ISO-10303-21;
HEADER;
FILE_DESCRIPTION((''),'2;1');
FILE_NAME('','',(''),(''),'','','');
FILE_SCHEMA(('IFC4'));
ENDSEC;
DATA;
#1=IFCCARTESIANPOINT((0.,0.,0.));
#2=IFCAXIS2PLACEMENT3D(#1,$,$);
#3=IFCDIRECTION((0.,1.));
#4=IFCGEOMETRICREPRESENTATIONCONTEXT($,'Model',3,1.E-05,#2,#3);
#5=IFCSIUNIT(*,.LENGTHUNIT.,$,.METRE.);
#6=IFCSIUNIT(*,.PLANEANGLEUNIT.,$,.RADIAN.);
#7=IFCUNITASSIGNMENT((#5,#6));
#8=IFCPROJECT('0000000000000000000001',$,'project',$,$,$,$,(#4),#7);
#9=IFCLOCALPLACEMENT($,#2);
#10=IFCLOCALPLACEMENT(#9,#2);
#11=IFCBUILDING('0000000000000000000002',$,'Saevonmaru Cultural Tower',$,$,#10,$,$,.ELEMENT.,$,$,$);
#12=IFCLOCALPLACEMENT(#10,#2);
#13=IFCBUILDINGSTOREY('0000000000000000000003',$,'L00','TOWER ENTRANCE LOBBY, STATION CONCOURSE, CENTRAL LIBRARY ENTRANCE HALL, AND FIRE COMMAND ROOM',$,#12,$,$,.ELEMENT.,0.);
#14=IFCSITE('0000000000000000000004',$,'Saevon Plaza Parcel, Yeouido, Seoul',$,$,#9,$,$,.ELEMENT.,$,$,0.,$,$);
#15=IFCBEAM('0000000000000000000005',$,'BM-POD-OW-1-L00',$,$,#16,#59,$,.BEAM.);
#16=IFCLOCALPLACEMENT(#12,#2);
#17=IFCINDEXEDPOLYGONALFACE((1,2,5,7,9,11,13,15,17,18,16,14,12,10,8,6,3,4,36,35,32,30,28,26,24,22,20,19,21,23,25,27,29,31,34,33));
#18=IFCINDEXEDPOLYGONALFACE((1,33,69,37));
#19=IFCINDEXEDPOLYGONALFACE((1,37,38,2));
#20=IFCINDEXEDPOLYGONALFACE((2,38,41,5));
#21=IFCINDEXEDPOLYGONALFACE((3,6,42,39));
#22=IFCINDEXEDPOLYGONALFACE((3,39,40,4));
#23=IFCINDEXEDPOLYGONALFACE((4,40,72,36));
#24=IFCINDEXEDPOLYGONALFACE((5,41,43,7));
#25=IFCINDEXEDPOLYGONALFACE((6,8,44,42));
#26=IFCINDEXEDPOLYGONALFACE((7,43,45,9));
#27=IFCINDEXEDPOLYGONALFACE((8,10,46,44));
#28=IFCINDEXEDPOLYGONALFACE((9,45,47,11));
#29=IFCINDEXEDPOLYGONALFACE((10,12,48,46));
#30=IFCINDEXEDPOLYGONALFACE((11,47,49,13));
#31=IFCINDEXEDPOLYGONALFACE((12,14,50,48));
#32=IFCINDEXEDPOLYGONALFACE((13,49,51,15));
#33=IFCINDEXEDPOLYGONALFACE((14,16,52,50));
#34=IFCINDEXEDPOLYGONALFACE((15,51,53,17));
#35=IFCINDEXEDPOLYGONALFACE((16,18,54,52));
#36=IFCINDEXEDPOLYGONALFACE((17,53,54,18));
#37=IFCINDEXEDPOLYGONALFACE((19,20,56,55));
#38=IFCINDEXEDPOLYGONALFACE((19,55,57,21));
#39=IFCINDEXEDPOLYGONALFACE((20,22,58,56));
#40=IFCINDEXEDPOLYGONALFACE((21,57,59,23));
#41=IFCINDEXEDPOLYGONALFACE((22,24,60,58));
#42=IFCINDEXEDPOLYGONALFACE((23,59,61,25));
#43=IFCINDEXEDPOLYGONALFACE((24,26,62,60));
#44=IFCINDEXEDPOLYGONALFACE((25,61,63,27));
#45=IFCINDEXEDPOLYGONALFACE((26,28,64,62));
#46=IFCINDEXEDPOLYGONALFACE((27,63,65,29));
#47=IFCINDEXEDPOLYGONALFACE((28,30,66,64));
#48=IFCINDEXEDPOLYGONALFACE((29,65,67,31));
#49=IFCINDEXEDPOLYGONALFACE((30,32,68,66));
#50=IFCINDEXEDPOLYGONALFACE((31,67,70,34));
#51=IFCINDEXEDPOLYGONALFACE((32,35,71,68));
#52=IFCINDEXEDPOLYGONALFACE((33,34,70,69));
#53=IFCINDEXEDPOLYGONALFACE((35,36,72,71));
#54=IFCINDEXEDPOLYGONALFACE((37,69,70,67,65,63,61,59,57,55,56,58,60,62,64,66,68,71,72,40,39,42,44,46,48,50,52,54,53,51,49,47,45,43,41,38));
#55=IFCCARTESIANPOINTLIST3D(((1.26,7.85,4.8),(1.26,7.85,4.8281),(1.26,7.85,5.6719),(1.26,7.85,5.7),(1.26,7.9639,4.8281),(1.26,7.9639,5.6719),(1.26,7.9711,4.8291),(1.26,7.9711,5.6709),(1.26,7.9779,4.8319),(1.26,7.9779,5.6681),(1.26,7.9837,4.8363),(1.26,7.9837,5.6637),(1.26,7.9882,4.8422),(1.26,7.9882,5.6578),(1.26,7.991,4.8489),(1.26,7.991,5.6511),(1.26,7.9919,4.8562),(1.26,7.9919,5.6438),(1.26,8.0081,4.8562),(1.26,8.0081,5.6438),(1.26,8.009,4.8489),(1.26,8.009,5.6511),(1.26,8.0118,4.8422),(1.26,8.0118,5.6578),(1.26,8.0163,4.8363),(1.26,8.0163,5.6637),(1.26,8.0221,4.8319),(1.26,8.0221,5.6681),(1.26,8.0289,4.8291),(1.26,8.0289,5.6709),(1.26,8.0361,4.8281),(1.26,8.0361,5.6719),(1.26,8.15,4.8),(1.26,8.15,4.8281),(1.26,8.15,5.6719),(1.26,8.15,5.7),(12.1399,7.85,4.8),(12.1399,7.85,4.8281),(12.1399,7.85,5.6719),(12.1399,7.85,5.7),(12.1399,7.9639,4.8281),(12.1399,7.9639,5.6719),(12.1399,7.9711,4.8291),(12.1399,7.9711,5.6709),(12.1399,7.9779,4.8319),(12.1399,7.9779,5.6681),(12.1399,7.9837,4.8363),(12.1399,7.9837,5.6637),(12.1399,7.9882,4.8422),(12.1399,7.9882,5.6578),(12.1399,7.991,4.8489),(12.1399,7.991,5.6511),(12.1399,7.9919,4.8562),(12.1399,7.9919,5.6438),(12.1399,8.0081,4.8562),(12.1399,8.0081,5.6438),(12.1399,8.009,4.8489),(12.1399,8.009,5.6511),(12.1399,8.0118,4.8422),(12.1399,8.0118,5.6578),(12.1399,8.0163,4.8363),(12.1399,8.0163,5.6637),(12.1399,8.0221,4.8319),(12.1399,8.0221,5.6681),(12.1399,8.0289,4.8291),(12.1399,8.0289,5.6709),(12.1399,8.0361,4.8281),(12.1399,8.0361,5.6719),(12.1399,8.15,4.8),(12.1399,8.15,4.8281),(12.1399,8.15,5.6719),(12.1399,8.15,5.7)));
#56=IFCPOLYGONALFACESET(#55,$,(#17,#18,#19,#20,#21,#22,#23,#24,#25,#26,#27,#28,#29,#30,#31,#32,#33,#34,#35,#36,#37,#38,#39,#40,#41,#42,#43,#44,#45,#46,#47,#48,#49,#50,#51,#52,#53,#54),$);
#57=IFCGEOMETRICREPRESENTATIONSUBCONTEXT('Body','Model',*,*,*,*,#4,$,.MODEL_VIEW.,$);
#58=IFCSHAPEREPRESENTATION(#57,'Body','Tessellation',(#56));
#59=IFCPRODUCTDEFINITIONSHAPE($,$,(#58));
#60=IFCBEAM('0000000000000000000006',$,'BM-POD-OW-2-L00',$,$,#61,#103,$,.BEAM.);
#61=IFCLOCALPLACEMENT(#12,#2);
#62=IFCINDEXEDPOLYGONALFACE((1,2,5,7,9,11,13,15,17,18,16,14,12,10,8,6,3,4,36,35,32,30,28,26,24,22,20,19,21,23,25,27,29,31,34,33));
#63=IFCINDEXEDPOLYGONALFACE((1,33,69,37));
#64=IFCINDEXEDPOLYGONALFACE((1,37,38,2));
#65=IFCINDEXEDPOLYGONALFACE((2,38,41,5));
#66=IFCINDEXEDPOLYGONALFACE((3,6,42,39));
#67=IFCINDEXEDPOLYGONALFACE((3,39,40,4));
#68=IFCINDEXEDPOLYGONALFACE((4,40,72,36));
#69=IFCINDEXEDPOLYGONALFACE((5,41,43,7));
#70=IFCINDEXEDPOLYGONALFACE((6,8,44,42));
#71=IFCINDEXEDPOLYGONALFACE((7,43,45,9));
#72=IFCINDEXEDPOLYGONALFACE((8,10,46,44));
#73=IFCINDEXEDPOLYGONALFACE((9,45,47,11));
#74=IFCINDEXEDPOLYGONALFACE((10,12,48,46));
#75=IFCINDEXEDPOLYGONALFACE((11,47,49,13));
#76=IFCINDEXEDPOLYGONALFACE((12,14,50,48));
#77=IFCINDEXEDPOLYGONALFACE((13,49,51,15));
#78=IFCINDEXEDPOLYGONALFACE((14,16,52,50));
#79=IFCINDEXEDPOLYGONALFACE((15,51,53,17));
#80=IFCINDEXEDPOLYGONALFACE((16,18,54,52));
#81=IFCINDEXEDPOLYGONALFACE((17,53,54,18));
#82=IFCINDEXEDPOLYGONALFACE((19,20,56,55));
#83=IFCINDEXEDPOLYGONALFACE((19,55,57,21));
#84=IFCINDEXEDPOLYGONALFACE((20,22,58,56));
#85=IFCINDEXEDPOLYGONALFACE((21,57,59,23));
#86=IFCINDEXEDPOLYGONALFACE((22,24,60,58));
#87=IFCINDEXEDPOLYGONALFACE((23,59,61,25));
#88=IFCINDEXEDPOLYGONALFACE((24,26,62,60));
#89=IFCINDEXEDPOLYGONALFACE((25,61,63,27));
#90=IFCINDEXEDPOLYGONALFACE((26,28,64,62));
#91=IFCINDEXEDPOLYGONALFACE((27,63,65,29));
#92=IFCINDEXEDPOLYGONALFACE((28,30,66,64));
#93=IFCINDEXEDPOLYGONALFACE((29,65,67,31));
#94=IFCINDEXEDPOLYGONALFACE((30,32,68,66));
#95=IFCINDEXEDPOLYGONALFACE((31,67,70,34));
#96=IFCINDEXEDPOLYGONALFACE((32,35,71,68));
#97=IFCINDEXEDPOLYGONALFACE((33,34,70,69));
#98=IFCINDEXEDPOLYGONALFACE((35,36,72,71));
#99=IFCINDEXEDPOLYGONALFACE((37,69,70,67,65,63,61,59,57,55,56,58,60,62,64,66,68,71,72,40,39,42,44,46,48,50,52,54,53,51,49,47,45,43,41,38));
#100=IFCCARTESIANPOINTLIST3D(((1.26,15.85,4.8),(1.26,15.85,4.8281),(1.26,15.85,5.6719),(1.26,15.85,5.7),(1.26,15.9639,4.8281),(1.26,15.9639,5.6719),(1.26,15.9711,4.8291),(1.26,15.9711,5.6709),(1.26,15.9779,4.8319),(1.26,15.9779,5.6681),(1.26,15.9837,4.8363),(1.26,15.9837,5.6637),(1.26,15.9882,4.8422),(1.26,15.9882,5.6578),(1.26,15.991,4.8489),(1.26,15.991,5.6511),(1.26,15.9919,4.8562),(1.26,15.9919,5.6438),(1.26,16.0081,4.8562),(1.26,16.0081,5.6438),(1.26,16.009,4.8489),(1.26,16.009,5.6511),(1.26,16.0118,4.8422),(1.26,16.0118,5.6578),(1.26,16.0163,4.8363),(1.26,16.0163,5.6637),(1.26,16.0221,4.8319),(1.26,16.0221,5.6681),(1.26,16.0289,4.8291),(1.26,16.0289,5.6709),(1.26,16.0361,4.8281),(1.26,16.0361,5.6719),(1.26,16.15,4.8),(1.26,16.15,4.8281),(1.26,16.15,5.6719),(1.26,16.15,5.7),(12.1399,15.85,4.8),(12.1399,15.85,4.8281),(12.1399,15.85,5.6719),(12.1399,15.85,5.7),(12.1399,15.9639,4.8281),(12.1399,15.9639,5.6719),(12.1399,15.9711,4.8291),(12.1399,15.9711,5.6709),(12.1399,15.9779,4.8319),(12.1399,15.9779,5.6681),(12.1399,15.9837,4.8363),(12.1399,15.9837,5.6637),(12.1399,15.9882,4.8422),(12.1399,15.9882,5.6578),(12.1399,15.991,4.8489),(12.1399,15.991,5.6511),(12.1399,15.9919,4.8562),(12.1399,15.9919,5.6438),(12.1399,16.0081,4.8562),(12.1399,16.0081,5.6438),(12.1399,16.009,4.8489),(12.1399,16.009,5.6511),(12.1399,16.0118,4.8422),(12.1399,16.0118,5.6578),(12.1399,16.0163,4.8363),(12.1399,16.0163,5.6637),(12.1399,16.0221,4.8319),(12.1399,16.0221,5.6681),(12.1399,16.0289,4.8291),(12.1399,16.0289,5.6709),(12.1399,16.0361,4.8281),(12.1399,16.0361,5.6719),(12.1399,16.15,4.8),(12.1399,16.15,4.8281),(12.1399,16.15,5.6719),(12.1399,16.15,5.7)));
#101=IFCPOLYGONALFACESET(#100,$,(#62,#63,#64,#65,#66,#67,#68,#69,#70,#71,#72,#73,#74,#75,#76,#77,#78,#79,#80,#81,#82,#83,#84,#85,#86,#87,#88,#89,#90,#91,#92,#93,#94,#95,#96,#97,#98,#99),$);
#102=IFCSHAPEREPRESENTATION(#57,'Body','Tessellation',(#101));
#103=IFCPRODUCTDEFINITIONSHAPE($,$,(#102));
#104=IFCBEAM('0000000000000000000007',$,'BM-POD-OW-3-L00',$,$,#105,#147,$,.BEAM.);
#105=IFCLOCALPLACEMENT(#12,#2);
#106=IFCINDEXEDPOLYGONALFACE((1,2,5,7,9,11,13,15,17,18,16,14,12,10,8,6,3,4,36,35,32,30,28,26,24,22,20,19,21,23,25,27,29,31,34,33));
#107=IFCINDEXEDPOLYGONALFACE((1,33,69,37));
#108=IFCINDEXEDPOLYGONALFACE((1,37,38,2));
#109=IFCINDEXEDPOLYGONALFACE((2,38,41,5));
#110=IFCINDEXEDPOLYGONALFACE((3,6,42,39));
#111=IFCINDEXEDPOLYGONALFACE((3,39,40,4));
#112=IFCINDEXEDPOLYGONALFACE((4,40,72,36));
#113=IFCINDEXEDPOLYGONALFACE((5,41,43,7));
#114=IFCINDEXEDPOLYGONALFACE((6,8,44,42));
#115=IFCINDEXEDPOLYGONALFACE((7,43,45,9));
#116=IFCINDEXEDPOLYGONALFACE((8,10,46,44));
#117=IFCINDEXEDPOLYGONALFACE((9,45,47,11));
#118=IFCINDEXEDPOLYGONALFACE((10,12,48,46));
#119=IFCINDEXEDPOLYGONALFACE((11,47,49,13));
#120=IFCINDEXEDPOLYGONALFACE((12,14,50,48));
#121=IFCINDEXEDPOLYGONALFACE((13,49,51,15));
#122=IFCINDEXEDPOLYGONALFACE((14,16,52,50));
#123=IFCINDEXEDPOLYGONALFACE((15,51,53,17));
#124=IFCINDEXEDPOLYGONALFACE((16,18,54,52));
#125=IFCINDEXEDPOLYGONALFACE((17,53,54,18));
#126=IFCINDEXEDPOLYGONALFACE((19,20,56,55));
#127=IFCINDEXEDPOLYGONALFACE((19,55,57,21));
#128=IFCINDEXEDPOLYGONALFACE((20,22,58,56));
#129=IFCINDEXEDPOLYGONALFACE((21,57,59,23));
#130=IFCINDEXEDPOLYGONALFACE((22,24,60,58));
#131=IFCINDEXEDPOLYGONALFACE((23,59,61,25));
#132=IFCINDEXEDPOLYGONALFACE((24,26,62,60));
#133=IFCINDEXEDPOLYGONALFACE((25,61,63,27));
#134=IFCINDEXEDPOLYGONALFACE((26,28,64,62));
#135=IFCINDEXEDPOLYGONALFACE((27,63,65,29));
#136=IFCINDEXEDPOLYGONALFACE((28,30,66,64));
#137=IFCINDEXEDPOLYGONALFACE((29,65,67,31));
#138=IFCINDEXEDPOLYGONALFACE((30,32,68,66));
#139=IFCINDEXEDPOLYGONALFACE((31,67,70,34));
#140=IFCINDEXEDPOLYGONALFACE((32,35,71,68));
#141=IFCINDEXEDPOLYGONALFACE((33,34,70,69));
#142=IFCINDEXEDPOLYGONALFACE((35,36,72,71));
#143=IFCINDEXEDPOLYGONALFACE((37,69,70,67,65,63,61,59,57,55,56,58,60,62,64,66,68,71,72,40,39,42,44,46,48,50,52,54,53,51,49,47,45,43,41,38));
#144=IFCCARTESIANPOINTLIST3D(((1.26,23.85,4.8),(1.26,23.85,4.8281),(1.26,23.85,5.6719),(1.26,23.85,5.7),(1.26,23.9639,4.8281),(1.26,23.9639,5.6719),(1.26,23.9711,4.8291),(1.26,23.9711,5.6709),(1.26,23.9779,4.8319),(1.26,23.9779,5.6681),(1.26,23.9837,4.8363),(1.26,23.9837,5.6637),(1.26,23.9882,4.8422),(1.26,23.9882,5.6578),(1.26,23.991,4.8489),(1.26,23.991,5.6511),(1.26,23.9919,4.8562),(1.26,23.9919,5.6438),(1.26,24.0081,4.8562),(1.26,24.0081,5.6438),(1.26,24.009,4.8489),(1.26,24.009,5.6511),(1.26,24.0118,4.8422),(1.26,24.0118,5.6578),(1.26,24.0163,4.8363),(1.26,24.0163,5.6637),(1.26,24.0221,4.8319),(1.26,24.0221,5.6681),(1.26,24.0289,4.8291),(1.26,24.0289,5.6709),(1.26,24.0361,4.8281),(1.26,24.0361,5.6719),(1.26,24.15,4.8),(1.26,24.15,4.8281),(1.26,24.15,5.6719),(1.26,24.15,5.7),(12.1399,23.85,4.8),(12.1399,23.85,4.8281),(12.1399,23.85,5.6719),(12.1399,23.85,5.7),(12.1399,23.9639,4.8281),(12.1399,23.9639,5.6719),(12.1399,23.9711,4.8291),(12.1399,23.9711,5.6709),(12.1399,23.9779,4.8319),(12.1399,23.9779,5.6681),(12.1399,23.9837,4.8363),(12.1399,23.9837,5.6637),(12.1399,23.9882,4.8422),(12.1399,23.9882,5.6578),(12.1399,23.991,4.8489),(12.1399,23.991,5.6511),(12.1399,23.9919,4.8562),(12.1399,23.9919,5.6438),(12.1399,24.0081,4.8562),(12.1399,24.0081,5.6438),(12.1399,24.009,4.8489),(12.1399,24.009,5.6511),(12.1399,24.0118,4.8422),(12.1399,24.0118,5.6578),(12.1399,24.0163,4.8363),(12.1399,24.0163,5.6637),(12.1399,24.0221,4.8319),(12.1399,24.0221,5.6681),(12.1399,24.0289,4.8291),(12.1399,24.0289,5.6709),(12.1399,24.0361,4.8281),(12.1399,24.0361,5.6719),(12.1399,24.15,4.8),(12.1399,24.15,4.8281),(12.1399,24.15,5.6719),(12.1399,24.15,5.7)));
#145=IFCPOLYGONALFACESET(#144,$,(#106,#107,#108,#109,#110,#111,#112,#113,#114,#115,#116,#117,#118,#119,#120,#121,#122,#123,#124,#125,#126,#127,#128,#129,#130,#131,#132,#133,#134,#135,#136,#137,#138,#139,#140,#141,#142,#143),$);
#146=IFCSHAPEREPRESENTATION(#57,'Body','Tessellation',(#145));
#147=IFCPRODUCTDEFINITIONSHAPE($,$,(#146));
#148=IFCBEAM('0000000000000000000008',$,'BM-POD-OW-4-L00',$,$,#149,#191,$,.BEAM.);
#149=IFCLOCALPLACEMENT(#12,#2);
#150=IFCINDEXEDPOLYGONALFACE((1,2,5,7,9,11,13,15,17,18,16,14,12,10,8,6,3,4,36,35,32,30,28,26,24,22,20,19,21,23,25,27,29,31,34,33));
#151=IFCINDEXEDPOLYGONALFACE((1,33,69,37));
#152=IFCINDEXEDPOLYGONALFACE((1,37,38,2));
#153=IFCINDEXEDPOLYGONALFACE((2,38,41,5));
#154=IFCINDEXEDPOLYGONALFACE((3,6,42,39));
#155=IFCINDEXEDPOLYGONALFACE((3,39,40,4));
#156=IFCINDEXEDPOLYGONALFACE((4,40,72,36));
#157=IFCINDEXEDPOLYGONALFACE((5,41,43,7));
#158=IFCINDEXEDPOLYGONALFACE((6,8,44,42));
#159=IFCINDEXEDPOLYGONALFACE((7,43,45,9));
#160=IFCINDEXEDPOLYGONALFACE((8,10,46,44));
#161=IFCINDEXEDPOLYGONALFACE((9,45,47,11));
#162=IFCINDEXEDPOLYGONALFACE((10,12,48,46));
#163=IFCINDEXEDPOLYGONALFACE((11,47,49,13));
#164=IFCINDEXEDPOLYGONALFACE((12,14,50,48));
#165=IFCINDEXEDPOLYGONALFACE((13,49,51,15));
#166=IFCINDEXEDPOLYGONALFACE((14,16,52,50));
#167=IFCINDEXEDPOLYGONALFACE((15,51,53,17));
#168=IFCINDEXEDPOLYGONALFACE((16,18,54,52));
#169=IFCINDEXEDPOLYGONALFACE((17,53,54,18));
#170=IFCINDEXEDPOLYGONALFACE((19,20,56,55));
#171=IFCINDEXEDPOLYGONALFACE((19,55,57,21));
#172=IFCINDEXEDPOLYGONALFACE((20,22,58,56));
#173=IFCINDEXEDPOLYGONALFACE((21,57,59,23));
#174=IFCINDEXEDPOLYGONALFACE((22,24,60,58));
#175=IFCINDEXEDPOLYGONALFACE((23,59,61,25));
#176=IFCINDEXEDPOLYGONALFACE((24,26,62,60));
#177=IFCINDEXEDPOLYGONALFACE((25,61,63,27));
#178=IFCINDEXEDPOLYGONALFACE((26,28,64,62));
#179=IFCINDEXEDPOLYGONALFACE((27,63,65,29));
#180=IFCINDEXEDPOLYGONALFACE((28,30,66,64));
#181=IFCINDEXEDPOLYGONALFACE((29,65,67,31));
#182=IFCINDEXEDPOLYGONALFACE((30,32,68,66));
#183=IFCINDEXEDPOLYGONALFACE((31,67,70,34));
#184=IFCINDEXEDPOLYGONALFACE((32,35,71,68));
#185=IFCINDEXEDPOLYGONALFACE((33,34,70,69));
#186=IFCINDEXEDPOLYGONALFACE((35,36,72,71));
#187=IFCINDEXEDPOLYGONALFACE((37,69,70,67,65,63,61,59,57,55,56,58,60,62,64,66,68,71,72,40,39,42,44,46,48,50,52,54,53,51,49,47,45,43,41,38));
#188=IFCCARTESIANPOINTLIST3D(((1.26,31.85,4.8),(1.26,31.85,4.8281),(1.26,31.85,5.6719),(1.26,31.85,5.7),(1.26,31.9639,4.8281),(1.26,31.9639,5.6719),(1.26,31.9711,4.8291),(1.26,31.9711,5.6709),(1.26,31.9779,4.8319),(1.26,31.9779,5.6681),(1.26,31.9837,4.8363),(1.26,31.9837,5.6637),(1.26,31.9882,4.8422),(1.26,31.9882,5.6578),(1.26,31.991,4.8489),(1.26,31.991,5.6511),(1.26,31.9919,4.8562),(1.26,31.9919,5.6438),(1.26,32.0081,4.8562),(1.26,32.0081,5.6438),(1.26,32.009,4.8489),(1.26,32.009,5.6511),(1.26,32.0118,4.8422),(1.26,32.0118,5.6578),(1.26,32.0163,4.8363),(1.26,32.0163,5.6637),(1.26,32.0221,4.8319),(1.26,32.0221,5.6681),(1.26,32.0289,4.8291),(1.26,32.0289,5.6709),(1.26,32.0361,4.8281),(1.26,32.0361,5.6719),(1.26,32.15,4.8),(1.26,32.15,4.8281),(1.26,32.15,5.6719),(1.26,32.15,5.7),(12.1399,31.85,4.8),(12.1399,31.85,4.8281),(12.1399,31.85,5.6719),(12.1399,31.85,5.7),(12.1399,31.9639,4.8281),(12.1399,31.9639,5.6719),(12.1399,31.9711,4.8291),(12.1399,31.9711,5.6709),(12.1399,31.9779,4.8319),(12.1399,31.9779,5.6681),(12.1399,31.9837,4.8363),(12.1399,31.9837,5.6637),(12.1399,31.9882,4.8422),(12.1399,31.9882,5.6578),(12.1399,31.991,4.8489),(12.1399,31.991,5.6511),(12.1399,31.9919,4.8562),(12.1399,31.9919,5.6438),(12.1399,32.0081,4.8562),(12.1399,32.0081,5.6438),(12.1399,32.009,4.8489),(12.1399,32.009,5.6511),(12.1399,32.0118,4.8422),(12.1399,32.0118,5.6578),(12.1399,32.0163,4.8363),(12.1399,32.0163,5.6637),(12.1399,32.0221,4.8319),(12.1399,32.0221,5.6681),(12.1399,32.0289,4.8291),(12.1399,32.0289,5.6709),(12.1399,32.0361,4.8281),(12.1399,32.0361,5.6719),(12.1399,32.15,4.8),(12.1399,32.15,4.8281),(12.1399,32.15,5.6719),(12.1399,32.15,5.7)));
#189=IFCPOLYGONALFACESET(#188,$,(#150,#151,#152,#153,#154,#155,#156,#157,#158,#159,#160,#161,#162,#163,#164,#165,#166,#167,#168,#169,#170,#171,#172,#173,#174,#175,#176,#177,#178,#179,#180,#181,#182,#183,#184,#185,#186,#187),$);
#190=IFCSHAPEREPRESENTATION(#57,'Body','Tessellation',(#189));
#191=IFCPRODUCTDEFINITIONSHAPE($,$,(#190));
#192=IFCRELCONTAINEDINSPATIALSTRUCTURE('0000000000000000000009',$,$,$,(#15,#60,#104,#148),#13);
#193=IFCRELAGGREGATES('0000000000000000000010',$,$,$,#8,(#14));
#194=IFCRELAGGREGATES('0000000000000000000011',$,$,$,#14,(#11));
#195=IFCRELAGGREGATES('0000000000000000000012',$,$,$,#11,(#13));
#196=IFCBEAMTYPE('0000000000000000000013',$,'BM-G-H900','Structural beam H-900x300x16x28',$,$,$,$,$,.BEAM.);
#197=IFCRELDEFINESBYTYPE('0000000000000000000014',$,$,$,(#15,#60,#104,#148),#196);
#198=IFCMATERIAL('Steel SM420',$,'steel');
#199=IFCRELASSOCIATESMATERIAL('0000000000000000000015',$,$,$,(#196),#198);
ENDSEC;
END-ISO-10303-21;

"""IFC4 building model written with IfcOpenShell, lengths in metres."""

from ifc_helpers import new_model, si_unit, direction, frame, origin, origin_2d, place, context, subcontext, project, spatial, i_section, extrude, material, material_profile, profile_set, type_object, element, save


model = new_model("IFC4")

# Units and contexts
model_context = context("Model", 3, precision=1e-05, world=origin(), true_north=direction((0.0, 1.0)))
body_context = subcontext(model_context, "Body", "Model", "MODEL_VIEW")
ifc_project = project(units=[si_unit("LENGTHUNIT", "METRE"), si_unit("PLANEANGLEUNIT", "RADIAN")], contexts=[model_context])

# Site, building, storey
site_placement = place(None, origin())
site = spatial("IfcSite", under=ifc_project, at=site_placement, Name="Saevon Plaza Parcel, Yeouido, Seoul", CompositionType="ELEMENT", RefElevation=0.0)
building_placement = place(site_placement, origin())
building = spatial("IfcBuilding", under=site, at=building_placement, Name="Saevonmaru Cultural Tower", CompositionType="ELEMENT")
storey_placement = place(building_placement, origin())
storey = spatial("IfcBuildingStorey", under=building, at=storey_placement, Name="L00", Description="TOWER ENTRANCE LOBBY, STATION CONCOURSE, CENTRAL LIBRARY ENTRANCE HALL, AND FIRE COMMAND ROOM", CompositionType="ELEMENT", Elevation=0.0)

# Shared definitions
ifc_material_1 = material(Name="Steel SM420", Category="steel")

# Beams
ifc_material_profile_1 = material_profile(ifc_material_1, i_section(OverallWidth=0.3, OverallDepth=0.8999, WebThickness=0.0161, FlangeThickness=0.0281, FilletRadius=0.0281, at=origin_2d()), Name="H-900x300x16x28")
ifc_profile_set_1 = profile_set([ifc_material_profile_1], Name="Steel SM420")
beam_type = type_object("IfcBeamType", Name="BM-G-H900", Description="Structural beam H-900x300x16x28", PredefinedType="BEAM", material=ifc_profile_set_1)
for number, where, z_axis, x_axis, name in (
    (1, (1.26, 8.0, 5.25), (1.0, 0.0, 0.0), (0.0, 1.0, 0.0), "BM-POD-OW-1-L00"),
    (2, (1.26, 16.0, 5.25), (1.0, 0.0, 0.0), (0.0, 1.0, 0.0), "BM-POD-OW-2-L00"),
    (3, (1.26, 24.0, 5.25), (1.0, 0.0, 0.0), (0.0, 1.0, 0.0), "BM-POD-OW-3-L00"),
    (4, (1.26, 32.0, 5.25), (1.0, 0.0, 0.0), (0.0, 1.0, 0.0), "BM-POD-OW-4-L00"),
):
    element("IfcBeam", number, at=place(storey_placement, frame(where, z_axis=z_axis, x_axis=x_axis)), inside=storey, type_object=beam_type, Name=name, PredefinedType="BEAM", context=body_context, shape_type="SweptSolid", body=[
        extrude(i_section(OverallWidth=0.3, OverallDepth=0.8999, WebThickness=0.0161, FlangeThickness=0.0281, FilletRadius=0.0281, at=origin_2d()), origin(), (0.0, 0.0, 1.0), 10.8799),
    ])

save(model, "model.ifc")
